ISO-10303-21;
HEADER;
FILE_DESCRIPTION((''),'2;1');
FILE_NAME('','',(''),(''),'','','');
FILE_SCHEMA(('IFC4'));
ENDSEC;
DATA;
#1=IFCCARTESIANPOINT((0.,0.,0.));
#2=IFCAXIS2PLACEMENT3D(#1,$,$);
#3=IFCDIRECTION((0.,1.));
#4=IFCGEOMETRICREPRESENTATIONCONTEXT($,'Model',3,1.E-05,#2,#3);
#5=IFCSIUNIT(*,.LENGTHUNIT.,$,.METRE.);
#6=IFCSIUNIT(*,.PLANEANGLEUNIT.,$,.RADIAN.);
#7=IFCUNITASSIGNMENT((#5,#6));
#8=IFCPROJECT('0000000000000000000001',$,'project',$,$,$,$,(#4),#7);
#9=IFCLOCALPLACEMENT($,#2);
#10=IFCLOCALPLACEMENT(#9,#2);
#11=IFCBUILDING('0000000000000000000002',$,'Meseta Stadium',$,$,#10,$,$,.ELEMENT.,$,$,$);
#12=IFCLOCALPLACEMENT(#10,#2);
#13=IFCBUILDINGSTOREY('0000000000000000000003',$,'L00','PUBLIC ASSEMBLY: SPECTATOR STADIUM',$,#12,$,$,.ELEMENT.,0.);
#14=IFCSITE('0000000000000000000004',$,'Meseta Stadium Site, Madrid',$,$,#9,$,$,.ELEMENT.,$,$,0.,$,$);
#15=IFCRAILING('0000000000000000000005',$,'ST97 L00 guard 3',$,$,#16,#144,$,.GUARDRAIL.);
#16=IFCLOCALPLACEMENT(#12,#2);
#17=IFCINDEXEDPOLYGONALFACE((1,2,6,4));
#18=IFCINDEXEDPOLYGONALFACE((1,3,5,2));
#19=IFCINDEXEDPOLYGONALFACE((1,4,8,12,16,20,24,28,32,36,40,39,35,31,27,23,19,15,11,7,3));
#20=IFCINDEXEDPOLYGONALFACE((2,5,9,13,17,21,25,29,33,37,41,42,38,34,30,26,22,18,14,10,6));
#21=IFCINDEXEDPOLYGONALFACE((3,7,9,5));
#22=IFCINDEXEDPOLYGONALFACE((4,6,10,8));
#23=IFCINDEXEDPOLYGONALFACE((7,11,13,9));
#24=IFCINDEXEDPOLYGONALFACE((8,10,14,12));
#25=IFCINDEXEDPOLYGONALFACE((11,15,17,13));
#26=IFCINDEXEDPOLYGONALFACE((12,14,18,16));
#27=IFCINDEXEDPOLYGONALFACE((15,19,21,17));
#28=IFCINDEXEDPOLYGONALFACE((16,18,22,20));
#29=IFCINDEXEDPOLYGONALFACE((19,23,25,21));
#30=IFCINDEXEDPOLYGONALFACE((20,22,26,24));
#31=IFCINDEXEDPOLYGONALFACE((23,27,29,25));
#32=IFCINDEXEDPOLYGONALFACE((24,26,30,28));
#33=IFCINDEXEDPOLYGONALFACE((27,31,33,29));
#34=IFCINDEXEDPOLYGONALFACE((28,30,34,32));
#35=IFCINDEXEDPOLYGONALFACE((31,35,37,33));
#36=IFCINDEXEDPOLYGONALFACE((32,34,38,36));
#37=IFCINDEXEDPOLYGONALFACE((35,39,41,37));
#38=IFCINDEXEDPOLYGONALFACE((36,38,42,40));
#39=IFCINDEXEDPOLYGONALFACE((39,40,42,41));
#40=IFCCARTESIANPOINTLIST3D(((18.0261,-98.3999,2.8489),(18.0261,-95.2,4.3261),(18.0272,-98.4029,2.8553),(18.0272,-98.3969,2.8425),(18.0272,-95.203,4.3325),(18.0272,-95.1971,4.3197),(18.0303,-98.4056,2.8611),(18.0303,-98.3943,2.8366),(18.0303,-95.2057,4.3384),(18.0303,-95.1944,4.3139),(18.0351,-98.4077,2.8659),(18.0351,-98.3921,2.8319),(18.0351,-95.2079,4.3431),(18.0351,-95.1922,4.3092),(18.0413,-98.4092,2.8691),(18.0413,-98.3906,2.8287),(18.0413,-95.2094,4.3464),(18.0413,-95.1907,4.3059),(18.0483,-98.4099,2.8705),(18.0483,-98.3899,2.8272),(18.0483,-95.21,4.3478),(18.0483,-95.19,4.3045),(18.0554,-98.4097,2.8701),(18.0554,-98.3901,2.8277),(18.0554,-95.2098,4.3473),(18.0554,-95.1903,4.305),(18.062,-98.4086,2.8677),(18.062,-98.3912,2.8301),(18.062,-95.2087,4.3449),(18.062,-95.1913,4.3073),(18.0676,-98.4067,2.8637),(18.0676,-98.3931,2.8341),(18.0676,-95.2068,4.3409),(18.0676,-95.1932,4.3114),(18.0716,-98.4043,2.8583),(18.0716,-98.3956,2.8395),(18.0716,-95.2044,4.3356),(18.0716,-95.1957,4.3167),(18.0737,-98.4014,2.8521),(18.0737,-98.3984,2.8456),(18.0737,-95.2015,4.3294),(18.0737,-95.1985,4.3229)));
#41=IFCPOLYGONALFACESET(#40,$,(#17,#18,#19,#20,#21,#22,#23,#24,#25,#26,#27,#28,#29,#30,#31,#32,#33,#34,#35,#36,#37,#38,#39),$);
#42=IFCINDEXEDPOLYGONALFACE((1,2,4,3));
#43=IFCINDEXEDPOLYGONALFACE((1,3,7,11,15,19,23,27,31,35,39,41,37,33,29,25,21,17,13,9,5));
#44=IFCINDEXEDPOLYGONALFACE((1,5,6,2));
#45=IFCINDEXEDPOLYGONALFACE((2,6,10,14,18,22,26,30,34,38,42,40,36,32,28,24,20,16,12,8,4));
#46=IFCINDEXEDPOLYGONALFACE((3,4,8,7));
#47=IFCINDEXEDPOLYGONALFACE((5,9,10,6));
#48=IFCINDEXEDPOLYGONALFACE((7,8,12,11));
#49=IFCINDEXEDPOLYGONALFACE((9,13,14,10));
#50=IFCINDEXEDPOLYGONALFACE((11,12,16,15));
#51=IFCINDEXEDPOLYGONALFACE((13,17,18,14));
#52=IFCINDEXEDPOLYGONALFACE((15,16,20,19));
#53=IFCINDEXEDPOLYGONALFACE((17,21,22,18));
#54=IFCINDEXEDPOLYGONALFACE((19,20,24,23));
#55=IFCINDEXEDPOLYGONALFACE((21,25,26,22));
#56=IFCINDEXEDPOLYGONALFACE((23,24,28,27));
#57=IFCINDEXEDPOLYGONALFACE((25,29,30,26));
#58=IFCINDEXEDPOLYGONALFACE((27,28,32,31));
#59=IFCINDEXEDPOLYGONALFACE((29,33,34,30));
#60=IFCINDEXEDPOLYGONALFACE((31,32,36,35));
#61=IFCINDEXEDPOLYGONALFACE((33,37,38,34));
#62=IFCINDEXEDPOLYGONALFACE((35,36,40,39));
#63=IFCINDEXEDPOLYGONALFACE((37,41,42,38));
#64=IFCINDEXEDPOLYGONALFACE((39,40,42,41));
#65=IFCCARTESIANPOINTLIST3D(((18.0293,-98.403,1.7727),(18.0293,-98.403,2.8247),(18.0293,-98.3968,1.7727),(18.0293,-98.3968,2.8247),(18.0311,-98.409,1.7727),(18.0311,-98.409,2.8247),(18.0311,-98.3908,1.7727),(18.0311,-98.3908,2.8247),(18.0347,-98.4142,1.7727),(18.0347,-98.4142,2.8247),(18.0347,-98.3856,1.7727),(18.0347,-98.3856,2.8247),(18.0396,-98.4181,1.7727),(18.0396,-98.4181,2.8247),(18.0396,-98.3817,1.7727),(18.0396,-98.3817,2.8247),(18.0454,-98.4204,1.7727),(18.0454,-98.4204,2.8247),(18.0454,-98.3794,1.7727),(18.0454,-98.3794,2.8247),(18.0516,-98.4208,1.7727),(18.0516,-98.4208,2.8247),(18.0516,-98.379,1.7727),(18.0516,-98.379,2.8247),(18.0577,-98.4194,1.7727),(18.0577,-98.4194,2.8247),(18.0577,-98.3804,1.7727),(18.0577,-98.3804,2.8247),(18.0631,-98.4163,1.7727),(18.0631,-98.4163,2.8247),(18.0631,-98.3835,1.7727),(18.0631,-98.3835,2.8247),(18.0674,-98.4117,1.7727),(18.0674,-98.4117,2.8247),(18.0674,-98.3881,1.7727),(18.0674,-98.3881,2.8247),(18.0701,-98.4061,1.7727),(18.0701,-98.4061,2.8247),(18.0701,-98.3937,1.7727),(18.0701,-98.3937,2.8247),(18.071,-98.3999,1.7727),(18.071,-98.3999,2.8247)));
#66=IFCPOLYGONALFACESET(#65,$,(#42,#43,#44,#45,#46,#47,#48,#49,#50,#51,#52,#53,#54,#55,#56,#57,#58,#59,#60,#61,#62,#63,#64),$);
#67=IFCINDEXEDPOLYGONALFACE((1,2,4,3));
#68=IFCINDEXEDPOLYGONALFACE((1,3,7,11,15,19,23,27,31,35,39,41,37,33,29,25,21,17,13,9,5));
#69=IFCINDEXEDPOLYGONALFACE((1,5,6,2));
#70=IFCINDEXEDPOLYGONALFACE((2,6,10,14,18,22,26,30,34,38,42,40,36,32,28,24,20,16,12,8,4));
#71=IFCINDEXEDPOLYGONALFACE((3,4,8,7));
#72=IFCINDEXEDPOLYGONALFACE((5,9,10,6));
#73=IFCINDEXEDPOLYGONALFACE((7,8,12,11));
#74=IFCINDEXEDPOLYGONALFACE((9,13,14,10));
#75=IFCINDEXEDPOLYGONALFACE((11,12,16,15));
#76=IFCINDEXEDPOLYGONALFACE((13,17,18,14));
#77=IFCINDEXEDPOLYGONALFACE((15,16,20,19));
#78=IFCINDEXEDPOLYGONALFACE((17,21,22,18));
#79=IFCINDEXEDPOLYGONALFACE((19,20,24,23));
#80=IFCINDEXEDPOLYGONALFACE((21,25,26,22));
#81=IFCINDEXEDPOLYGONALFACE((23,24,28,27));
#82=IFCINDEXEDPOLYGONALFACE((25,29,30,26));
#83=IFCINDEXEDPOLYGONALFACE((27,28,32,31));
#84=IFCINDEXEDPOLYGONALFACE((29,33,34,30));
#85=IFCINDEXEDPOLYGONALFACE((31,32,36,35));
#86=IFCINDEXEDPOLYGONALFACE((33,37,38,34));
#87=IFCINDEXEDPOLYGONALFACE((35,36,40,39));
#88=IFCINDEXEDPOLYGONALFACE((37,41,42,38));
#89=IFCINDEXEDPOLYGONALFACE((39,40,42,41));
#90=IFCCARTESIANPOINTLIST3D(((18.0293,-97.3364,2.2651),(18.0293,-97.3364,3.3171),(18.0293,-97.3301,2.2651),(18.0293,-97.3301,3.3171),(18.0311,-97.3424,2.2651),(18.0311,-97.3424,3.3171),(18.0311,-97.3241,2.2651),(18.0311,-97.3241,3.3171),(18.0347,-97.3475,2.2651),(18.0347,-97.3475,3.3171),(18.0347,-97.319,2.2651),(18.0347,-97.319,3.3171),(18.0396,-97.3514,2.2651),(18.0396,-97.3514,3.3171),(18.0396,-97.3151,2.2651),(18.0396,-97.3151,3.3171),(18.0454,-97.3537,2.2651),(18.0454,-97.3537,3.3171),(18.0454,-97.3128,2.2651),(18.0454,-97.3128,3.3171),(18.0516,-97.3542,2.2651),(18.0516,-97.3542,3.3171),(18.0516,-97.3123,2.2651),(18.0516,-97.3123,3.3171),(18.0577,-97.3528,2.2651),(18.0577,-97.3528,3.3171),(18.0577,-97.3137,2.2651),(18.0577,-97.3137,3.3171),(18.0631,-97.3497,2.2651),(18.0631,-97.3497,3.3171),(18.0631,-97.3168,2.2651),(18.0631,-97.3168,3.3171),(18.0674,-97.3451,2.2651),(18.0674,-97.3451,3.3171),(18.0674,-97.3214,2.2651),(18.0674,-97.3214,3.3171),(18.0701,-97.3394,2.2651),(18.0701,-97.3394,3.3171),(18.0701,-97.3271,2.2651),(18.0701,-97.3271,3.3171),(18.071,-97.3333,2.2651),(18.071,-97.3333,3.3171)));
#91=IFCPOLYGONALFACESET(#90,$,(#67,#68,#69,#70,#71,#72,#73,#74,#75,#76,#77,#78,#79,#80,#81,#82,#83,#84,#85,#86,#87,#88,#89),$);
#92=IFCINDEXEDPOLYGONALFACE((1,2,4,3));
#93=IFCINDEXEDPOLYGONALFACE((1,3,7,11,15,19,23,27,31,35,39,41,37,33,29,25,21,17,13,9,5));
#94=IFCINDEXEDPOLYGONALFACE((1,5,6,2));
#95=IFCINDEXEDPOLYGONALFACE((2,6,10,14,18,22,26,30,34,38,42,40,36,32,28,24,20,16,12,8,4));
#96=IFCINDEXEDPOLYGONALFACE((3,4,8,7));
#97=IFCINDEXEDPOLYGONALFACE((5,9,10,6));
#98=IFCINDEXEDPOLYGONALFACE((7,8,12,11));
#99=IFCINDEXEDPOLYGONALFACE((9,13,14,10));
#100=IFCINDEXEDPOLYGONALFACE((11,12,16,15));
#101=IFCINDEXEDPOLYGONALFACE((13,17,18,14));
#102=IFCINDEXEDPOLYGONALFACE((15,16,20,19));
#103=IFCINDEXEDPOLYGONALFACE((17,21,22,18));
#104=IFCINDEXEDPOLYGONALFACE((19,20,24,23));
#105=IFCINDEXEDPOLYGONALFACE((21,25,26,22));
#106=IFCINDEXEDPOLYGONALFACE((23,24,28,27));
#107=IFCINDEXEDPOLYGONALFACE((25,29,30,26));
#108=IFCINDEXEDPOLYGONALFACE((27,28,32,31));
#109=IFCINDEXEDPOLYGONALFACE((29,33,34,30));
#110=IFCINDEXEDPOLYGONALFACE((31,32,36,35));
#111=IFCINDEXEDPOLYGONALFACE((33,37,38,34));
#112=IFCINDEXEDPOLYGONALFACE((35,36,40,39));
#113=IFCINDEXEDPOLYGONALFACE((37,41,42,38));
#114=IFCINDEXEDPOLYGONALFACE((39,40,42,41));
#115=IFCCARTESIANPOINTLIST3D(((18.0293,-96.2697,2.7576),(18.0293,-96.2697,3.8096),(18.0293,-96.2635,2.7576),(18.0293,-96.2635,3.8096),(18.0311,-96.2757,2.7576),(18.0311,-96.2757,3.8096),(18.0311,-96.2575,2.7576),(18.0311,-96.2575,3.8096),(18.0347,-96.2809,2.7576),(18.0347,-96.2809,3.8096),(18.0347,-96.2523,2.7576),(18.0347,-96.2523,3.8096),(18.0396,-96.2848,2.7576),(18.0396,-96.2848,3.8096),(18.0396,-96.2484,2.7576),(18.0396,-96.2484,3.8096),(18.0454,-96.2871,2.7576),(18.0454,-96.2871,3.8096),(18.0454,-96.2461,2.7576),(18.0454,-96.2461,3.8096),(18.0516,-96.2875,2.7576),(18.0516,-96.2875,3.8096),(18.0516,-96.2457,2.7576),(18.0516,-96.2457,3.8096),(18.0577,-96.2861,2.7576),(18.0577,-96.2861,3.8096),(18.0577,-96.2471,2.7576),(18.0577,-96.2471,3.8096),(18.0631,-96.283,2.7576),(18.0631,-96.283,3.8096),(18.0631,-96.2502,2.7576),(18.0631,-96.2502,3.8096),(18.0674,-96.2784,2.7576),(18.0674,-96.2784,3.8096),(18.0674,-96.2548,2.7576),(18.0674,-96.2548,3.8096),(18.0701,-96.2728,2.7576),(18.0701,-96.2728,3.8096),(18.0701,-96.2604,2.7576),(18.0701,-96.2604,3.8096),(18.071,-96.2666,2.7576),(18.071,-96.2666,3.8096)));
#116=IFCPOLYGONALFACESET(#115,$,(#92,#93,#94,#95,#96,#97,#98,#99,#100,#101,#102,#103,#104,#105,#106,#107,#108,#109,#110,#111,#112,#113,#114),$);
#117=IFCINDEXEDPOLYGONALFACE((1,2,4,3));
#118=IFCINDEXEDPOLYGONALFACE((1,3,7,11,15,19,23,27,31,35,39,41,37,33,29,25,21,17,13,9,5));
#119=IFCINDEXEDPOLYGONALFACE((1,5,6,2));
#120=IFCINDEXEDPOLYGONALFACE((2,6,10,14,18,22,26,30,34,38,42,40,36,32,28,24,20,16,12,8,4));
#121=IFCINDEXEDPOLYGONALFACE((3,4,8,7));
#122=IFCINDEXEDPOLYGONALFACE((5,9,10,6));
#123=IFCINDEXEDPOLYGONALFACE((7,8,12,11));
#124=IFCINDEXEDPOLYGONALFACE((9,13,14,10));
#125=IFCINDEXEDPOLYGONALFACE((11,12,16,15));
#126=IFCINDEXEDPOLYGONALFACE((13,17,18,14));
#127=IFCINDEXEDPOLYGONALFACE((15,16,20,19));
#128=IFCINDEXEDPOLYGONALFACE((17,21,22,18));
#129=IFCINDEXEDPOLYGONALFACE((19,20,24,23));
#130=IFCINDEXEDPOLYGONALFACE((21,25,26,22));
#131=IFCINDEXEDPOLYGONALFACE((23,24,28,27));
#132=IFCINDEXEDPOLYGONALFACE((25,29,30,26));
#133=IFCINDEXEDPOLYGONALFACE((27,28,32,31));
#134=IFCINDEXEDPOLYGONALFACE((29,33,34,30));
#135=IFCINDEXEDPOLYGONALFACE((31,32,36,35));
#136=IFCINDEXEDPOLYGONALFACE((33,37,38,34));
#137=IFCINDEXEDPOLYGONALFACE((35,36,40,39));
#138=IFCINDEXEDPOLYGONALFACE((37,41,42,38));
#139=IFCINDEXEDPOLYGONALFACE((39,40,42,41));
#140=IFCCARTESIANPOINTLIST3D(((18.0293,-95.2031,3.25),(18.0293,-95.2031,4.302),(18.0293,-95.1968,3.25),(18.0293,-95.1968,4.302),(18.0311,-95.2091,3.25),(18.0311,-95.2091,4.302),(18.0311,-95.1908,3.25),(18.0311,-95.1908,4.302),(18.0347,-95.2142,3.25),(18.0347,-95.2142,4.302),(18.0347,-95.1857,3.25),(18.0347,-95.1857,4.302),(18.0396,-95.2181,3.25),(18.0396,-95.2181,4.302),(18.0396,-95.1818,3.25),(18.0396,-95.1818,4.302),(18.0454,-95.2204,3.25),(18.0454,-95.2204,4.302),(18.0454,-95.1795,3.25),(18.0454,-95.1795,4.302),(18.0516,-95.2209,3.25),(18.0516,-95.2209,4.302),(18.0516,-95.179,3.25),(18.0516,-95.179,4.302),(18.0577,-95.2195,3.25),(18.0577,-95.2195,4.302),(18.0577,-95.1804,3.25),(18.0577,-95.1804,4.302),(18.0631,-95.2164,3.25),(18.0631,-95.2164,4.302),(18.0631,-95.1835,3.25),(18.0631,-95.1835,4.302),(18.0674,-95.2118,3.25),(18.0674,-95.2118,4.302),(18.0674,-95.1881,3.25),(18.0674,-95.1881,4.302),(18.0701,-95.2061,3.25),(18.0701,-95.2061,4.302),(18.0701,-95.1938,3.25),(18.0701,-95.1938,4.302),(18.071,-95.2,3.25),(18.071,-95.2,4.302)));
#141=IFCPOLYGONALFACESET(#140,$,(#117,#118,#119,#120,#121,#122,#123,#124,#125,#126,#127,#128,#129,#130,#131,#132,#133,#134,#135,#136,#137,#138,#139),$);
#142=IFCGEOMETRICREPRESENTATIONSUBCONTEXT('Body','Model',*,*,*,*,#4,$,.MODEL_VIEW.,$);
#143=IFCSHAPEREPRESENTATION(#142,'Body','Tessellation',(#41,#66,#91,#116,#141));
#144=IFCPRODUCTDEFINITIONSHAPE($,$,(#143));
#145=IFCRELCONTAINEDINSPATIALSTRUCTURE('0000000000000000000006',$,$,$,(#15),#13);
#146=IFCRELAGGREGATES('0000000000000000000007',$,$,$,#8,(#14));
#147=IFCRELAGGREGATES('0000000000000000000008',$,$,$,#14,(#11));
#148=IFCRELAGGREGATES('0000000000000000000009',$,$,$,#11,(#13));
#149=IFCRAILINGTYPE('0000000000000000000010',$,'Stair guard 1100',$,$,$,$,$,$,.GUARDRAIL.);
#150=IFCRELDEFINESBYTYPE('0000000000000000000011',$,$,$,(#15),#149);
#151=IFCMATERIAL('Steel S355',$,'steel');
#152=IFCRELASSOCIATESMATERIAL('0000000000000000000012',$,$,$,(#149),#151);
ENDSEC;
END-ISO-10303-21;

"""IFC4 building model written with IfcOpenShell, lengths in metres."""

from ifc_helpers import new_model, si_unit, direction, frame, origin, origin_2d, place, context, subcontext, project, spatial, circle, extrude, material, type_object, element, save


model = new_model("IFC4")

# Units and contexts
model_context = context("Model", 3, precision=1e-05, world=origin(), true_north=direction((0.0, 1.0)))
body_context = subcontext(model_context, "Body", "Model", "MODEL_VIEW")
ifc_project = project(units=[si_unit("LENGTHUNIT", "METRE"), si_unit("PLANEANGLEUNIT", "RADIAN")], contexts=[model_context])

# Site, building, storey
site_placement = place(None, origin())
site = spatial("IfcSite", under=ifc_project, at=site_placement, Name="Meseta Stadium Site, Madrid", CompositionType="ELEMENT", RefElevation=0.0)
building_placement = place(site_placement, origin())
building = spatial("IfcBuilding", under=site, at=building_placement, Name="Meseta Stadium", CompositionType="ELEMENT")
storey_placement = place(building_placement, origin())
storey = spatial("IfcBuildingStorey", under=building, at=storey_placement, Name="L00", Description="PUBLIC ASSEMBLY: SPECTATOR STADIUM", CompositionType="ELEMENT", Elevation=0.0)

# Railing
ifc_material_1 = material(Name="Steel S355", Category="steel")
railing_type_1 = type_object("IfcRailingType", Name="Stair guard 1100", PredefinedType="GUARDRAIL", material=ifc_material_1)
railing_1_placement = place(storey_placement, frame((18.05, -98.3999, 1.7727)))
element("IfcRailing", 1, at=railing_1_placement, inside=storey, type_object=railing_type_1, Name="ST97 L00 guard 3", PredefinedType="GUARDRAIL", context=body_context, shape_type="SweptSolid", body=[
    extrude(circle(Radius=0.0239, at=origin_2d()), frame((0.0, 0.0, 1.0762), z_axis=(0.0, 0.907917, 0.41915), x_axis=(-1.0, 0.0, 0.0)), (0.0, 0.0, 1.0), 3.5244),
    extrude(circle(Radius=0.021, at=origin_2d()), origin(), (0.0, 0.0, 1.0), 1.052),
    extrude(circle(Radius=0.021, at=origin_2d()), frame((0.0, 1.0667, 0.4924)), (0.0, 0.0, 1.0), 1.052),
    extrude(circle(Radius=0.021, at=origin_2d()), frame((0.0, 2.1333, 0.9849)), (0.0, 0.0, 1.0), 1.052),
    extrude(circle(Radius=0.021, at=origin_2d()), frame((0.0, 3.2, 1.4773)), (0.0, 0.0, 1.0), 1.052),
])

save(model, "model.ifc")
